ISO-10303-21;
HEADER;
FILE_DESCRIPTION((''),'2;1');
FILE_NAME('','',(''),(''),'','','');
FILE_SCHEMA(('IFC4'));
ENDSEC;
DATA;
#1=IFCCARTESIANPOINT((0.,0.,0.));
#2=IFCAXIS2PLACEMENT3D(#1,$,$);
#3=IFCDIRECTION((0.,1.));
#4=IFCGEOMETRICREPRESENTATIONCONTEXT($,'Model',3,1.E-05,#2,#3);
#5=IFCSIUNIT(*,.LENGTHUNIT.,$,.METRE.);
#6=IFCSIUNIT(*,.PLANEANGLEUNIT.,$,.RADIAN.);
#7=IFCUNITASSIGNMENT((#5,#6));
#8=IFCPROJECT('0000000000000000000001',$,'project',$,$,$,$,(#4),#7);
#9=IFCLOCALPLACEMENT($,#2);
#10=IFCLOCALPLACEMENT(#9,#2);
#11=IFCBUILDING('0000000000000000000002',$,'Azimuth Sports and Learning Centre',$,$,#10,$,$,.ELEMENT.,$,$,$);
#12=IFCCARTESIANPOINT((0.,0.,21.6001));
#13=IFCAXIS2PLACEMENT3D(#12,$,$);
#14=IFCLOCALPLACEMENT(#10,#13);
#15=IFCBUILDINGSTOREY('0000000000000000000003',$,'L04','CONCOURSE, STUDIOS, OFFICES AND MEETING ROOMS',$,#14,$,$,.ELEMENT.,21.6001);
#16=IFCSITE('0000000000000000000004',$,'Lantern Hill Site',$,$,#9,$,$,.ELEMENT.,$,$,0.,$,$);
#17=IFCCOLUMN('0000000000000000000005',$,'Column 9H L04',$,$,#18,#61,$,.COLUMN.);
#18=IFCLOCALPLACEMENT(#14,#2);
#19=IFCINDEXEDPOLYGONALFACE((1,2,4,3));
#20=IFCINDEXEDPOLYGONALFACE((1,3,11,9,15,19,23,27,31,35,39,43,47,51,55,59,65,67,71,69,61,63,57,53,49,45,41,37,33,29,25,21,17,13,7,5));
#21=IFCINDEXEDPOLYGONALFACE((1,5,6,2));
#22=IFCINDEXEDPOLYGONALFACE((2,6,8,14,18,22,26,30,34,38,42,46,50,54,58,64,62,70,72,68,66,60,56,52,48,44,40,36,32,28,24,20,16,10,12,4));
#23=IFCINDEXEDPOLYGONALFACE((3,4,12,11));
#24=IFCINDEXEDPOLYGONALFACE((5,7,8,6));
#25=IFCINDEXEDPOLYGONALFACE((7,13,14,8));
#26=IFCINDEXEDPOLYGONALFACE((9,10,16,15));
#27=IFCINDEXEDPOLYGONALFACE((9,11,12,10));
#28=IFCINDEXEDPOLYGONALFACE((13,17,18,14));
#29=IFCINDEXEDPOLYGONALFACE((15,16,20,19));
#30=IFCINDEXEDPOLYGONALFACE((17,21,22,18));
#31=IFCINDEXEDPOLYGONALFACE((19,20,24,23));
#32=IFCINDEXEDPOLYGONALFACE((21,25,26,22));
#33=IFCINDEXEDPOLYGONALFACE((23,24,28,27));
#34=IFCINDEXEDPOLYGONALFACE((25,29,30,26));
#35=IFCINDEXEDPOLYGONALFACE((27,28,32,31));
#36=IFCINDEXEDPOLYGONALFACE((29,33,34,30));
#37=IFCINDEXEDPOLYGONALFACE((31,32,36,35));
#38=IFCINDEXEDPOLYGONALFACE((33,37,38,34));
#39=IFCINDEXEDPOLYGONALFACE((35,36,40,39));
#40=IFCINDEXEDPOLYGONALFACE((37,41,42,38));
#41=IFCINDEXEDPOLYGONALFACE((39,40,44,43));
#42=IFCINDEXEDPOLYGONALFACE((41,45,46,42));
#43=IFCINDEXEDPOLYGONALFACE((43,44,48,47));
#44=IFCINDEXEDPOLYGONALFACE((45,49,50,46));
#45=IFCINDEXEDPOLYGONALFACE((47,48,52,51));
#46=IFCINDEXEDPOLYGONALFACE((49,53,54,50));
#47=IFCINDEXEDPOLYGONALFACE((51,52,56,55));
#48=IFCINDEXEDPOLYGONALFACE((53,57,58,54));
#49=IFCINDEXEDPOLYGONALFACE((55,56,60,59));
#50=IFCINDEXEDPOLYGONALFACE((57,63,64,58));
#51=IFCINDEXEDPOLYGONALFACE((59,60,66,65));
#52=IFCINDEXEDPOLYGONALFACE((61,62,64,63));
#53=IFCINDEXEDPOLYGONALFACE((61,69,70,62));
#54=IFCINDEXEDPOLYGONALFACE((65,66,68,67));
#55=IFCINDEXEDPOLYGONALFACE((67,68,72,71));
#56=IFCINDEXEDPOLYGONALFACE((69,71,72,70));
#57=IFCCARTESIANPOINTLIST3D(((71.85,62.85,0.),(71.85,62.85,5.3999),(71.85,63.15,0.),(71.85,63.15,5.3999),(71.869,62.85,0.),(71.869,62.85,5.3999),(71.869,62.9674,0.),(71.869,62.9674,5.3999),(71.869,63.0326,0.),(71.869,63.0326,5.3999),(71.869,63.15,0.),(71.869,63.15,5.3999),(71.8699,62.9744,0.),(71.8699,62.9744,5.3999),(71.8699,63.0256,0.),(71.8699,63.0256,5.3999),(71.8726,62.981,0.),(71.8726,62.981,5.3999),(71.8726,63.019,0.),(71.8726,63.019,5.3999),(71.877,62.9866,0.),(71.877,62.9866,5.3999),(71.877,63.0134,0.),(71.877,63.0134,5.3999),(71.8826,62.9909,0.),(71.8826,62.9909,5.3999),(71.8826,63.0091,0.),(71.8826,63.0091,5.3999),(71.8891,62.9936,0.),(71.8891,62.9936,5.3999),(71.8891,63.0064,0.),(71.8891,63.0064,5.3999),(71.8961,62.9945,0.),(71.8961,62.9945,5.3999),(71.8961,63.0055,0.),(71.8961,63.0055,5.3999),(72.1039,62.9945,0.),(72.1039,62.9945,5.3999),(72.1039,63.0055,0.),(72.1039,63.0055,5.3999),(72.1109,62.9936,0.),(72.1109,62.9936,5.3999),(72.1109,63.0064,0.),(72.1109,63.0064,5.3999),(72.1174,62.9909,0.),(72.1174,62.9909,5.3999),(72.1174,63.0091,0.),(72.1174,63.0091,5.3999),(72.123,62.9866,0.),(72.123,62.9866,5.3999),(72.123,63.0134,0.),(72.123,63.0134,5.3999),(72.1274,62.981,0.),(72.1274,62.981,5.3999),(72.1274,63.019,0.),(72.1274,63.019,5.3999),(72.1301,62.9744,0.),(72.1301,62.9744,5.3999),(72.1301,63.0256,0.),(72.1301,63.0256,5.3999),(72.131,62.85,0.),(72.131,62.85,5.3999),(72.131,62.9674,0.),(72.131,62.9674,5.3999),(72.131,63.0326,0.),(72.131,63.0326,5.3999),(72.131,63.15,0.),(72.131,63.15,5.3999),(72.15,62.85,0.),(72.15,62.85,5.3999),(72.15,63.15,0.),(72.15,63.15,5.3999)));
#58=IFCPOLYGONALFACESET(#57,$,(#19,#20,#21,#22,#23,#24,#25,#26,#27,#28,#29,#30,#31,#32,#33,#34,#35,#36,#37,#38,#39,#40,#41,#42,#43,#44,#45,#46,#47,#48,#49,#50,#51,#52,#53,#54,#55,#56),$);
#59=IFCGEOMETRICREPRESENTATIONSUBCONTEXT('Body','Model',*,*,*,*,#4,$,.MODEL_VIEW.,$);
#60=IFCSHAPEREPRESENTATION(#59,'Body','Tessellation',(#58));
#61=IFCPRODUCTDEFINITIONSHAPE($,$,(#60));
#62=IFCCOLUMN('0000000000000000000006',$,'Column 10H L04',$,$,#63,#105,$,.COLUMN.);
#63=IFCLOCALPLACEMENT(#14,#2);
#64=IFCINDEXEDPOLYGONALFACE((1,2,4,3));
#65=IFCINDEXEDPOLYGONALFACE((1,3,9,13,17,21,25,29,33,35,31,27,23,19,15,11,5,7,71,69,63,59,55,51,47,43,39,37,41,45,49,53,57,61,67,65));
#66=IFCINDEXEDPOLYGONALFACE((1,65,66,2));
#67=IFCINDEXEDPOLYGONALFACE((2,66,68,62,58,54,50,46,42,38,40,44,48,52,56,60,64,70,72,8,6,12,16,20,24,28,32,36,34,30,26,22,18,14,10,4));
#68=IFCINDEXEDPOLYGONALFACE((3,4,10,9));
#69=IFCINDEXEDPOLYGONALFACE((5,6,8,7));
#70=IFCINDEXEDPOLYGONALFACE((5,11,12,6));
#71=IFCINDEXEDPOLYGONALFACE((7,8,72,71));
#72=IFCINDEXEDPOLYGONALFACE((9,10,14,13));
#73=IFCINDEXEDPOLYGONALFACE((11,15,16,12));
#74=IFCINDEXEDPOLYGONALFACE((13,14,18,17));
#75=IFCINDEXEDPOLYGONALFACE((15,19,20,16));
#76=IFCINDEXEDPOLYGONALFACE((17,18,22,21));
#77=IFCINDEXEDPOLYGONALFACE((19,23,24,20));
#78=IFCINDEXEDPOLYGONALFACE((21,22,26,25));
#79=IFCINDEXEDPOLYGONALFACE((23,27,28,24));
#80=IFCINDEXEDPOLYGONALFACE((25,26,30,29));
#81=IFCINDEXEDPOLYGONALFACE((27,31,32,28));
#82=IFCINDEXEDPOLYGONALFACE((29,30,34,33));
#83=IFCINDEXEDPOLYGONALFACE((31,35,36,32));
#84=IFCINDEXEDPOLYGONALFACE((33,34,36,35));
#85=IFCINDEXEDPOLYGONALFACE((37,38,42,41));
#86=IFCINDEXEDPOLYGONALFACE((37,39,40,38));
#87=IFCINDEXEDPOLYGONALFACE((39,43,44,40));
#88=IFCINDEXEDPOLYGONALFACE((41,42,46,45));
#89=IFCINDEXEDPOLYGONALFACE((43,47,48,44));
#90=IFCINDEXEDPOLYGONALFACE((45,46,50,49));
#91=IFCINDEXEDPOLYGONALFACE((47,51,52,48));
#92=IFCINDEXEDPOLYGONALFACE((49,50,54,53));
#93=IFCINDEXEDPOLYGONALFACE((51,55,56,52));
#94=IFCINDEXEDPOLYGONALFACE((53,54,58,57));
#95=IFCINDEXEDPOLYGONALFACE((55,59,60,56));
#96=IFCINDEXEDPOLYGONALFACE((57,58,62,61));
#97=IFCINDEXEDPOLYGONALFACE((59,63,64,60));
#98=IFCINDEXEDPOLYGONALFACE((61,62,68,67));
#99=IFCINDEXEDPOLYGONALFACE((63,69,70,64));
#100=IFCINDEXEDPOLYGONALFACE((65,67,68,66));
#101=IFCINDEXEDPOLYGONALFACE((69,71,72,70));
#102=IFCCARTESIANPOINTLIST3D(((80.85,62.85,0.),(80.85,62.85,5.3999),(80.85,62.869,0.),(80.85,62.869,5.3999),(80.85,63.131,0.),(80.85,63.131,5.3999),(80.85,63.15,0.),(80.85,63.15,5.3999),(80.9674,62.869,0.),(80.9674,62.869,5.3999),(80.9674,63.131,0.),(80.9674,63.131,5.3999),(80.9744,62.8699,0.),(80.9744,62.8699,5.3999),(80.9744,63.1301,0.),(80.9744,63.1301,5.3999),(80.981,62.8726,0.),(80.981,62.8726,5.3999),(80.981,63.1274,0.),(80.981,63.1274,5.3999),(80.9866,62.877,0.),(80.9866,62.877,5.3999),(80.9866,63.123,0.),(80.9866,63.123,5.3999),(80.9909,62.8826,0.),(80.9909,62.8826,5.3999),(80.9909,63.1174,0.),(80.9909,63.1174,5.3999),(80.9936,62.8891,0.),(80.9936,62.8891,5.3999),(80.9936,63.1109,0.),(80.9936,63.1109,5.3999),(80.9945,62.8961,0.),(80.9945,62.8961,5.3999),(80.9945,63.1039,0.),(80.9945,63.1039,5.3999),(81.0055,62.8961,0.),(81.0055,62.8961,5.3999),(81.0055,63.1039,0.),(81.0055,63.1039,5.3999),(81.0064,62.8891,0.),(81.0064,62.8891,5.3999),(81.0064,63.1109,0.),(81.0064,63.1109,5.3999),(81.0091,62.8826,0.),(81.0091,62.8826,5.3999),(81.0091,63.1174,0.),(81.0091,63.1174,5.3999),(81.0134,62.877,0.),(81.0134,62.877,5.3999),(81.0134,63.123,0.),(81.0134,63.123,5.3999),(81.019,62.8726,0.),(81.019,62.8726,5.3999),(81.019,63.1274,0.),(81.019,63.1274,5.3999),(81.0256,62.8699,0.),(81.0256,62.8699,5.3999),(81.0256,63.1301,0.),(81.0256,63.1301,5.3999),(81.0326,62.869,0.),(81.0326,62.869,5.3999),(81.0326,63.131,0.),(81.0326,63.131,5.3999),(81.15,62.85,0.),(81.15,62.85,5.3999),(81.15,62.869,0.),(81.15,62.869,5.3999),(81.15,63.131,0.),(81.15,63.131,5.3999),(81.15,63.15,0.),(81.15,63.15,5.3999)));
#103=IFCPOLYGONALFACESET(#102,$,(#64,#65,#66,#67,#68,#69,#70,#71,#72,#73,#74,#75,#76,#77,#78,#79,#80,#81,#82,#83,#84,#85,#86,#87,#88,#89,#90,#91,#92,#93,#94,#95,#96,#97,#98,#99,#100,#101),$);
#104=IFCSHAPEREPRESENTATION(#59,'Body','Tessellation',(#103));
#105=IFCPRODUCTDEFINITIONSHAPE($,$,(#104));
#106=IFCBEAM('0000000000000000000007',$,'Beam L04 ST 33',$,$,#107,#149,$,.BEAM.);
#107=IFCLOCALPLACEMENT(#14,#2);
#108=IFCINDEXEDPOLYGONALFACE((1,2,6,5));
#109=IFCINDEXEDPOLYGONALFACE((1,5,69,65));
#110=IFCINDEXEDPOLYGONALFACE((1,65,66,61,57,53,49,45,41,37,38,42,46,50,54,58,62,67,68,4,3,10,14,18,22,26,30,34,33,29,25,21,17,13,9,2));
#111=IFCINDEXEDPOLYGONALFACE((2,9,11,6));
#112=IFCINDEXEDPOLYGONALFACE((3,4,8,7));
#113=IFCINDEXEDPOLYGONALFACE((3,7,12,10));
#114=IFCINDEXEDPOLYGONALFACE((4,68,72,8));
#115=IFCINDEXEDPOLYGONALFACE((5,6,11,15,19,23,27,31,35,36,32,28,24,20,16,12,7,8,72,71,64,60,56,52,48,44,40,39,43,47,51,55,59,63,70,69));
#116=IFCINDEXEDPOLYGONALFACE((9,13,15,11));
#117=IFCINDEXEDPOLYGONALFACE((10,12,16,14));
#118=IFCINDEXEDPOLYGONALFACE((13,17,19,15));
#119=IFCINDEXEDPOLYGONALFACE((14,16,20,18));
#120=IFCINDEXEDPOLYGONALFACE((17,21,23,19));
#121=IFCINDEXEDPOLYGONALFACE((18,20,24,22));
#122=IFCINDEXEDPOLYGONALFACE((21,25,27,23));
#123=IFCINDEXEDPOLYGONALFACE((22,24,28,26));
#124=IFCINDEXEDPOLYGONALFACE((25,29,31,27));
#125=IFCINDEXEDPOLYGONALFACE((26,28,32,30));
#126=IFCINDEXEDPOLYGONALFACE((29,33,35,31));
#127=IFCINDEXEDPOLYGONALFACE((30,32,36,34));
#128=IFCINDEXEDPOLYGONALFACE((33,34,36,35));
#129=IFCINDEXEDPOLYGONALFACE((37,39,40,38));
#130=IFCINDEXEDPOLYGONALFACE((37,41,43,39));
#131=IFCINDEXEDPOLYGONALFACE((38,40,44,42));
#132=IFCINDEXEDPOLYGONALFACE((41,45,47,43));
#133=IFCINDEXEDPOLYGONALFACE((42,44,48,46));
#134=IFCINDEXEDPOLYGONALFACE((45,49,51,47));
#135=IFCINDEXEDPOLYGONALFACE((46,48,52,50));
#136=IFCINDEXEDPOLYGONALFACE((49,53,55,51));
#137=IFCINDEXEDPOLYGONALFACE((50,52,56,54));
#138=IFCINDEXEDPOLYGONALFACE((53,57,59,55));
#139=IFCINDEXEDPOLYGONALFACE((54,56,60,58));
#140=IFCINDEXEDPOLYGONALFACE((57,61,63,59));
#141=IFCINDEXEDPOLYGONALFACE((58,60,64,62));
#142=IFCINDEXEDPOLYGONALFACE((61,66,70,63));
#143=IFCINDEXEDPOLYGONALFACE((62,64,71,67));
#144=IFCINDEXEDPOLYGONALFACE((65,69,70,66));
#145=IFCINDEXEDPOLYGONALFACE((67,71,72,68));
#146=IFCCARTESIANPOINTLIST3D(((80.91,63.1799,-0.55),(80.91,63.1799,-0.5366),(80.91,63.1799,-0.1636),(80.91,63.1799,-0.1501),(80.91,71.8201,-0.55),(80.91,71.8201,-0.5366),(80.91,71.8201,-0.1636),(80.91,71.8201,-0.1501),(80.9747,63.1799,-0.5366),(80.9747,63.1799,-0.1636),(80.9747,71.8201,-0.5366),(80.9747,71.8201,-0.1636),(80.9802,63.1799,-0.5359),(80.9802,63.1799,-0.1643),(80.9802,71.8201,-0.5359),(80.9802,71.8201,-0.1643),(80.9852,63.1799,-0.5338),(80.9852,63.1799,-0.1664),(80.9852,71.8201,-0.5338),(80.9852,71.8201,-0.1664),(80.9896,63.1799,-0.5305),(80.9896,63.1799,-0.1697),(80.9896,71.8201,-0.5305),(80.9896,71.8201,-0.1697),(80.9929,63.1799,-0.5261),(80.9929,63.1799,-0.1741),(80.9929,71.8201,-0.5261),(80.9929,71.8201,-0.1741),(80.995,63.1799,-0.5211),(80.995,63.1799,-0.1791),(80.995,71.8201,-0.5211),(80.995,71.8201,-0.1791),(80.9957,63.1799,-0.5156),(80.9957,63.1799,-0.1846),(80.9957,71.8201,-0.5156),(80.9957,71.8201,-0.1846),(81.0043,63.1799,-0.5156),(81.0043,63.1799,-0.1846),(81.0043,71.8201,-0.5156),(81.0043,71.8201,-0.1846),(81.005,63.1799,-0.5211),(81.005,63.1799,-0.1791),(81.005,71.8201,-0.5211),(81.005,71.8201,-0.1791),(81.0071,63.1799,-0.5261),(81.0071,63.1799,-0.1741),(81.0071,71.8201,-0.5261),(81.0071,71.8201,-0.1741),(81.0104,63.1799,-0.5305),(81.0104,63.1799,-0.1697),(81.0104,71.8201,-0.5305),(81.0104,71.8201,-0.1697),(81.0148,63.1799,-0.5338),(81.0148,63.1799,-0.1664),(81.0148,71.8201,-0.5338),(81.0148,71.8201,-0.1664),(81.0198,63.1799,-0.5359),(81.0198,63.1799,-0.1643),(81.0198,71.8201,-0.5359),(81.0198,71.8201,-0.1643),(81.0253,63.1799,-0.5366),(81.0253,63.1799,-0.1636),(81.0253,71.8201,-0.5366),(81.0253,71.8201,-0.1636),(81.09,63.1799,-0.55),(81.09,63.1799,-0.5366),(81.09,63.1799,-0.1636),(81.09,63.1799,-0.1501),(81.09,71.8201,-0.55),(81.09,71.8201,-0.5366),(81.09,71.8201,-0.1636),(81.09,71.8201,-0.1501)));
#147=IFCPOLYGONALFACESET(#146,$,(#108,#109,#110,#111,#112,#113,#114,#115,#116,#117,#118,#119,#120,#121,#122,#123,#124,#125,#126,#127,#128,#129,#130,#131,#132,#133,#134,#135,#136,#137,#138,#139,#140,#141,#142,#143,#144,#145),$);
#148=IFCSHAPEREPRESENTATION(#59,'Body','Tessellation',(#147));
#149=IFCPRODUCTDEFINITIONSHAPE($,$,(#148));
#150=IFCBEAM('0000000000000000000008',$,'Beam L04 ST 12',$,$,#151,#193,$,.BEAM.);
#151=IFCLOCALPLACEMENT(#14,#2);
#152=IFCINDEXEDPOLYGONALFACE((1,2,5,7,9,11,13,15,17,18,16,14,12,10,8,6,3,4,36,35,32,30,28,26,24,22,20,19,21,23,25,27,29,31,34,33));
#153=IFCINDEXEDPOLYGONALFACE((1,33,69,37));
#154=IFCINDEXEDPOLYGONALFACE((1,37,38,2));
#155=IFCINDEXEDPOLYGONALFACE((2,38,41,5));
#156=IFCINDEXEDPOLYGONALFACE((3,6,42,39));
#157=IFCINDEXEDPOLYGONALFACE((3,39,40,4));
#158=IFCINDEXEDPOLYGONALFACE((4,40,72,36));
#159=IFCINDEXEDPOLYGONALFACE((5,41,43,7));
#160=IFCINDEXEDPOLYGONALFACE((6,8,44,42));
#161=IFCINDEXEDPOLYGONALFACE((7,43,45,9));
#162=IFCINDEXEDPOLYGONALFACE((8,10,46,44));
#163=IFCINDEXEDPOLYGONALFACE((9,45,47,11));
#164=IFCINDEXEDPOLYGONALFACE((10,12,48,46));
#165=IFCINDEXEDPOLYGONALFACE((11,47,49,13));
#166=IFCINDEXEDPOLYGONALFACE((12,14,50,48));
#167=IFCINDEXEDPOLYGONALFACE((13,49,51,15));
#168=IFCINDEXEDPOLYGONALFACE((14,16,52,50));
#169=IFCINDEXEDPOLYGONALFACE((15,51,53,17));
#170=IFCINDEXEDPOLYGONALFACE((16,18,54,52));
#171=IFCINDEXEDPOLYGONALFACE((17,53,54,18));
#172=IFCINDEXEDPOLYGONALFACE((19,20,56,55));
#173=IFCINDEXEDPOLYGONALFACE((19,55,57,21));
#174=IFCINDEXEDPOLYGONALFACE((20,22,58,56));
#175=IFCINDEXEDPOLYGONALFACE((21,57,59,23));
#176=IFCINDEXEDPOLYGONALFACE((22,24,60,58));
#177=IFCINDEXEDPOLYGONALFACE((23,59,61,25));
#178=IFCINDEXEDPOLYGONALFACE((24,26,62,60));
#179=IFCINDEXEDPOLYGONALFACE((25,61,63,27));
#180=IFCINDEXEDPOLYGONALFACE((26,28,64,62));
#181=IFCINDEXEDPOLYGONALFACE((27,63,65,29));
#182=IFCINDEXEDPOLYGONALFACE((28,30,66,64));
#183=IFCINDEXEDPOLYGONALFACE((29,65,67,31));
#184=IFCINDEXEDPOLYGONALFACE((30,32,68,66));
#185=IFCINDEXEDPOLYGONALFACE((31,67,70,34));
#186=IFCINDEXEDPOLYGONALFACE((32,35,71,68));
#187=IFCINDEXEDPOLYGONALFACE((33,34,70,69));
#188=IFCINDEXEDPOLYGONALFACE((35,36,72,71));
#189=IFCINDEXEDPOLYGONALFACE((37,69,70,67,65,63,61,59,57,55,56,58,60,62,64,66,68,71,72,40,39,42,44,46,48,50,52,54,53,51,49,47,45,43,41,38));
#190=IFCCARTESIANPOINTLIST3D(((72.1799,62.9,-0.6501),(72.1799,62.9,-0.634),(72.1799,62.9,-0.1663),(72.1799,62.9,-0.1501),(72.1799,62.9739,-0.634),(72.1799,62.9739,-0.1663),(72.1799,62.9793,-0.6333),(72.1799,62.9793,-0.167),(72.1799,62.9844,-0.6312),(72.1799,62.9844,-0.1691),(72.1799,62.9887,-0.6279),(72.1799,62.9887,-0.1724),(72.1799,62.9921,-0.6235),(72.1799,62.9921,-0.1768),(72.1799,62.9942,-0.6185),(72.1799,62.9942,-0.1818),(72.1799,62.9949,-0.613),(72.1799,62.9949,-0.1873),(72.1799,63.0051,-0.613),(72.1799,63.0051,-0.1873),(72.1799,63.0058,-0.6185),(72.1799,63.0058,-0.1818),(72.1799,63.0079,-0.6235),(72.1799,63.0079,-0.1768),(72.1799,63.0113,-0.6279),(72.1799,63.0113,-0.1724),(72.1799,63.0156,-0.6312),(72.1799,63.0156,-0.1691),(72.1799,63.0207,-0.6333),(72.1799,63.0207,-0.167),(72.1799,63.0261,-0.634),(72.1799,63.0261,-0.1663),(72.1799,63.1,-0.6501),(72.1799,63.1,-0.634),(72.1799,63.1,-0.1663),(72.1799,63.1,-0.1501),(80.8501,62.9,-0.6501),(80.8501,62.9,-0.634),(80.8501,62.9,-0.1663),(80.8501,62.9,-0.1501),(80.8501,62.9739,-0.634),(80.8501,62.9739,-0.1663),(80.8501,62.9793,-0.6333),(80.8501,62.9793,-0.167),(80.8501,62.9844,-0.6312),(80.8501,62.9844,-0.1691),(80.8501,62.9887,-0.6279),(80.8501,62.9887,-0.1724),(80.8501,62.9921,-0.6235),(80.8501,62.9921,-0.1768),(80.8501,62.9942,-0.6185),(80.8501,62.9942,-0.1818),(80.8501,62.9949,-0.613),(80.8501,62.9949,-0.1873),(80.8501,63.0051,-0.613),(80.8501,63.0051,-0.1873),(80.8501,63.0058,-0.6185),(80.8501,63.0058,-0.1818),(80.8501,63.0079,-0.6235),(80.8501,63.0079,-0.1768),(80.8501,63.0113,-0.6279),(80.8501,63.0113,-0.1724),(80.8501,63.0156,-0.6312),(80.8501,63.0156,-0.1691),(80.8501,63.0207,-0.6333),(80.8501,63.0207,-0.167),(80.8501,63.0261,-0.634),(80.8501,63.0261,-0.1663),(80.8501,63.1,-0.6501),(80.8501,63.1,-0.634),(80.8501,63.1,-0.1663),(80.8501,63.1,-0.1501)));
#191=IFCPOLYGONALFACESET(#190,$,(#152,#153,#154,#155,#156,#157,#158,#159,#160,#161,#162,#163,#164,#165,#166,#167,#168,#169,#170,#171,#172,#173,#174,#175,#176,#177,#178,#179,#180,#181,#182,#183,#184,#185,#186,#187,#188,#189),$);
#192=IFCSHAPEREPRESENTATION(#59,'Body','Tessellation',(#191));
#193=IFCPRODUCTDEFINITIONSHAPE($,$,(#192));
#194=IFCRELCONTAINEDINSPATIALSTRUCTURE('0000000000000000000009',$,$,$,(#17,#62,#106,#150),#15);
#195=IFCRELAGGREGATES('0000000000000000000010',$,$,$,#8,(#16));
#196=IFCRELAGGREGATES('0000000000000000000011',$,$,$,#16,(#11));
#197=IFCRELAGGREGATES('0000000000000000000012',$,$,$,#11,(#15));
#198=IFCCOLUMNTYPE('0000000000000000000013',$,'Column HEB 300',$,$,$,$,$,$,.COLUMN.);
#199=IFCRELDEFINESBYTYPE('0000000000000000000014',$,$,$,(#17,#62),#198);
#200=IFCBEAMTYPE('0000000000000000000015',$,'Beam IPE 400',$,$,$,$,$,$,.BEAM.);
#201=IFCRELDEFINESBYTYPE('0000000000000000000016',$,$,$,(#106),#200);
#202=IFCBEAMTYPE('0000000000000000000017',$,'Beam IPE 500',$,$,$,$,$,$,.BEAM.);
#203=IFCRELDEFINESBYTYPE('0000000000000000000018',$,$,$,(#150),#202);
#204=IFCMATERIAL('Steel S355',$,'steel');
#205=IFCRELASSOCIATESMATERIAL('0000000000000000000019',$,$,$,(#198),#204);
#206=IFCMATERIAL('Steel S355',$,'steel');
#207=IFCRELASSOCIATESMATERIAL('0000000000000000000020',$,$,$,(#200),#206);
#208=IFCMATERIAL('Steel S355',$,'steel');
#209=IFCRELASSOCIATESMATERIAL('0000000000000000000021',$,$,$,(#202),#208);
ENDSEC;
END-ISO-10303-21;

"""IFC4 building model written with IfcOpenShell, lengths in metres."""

from ifc_helpers import new_model, si_unit, direction, frame, origin, origin_2d, place, context, subcontext, project, spatial, i_section, extrude, material, material_profile, profile_set, type_object, element, save


model = new_model("IFC4")

# Units and contexts
model_context = context("Model", 3, precision=1e-05, world=origin(), true_north=direction((0.0, 1.0)))
body_context = subcontext(model_context, "Body", "Model", "MODEL_VIEW")
ifc_project = project(units=[si_unit("LENGTHUNIT", "METRE"), si_unit("PLANEANGLEUNIT", "RADIAN")], contexts=[model_context])

# Site, building, storey
site_placement = place(None, origin())
site = spatial("IfcSite", under=ifc_project, at=site_placement, Name="Lantern Hill Site", CompositionType="ELEMENT", RefElevation=0.0)
building_placement = place(site_placement, origin())
building = spatial("IfcBuilding", under=site, at=building_placement, Name="Azimuth Sports and Learning Centre", CompositionType="ELEMENT")
storey_placement = place(building_placement, frame((0.0, 0.0, 21.6001)))
storey = spatial("IfcBuildingStorey", under=building, at=storey_placement, Name="L04", Description="CONCOURSE, STUDIOS, OFFICES AND MEETING ROOMS", CompositionType="ELEMENT", Elevation=21.6001)

# Columns
ifc_material_1 = material(Name="Steel S355", Category="steel")
ifc_material_profile_1 = material_profile(ifc_material_1, i_section(OverallWidth=0.3, OverallDepth=0.3, WebThickness=0.011, FlangeThickness=0.019, FilletRadius=0.0271, at=origin_2d()), Name="HEB 300")
ifc_profile_set_1 = profile_set([ifc_material_profile_1], Name="Steel S355")
column_type = type_object("IfcColumnType", Name="Column HEB 300", PredefinedType="COLUMN", material=ifc_profile_set_1)
for number, where, z_axis, x_axis, name in (
    (1, (72.0, 63.0, 0.0), (0.0, 0.0, 1.0), (0.0, 1.0, 0.0), "Column 9H L04"),
    (2, (81.0, 63.0, 0.0), (0.0, 0.0, 1.0), (1.0, 0.0, 0.0), "Column 10H L04"),
):
    element("IfcColumn", number, at=place(storey_placement, frame(where, z_axis=z_axis, x_axis=x_axis)), inside=storey, type_object=column_type, Name=name, PredefinedType="COLUMN", context=body_context, shape_type="SweptSolid", body=[
        extrude(i_section(OverallWidth=0.3, OverallDepth=0.3, WebThickness=0.011, FlangeThickness=0.019, FilletRadius=0.0271, at=origin_2d()), origin(), (0.0, 0.0, 1.0), 5.3999),
    ])

# Beams
ifc_material_2 = material(Name="Steel S355", Category="steel")
ifc_material_profile_2 = material_profile(ifc_material_2, i_section(OverallWidth=0.1799, OverallDepth=0.3999, WebThickness=0.0085, FlangeThickness=0.0134, FilletRadius=0.021, at=origin_2d()), Name="IPE 400")
ifc_profile_set_2 = profile_set([ifc_material_profile_2], Name="Steel S355")
beam_type_1 = type_object("IfcBeamType", Name="Beam IPE 400", PredefinedType="BEAM", material=ifc_profile_set_2)
beam_1_placement = place(storey_placement, frame((81.0, 63.1799, -0.3501), z_axis=(0.0, 1.0, 0.0), x_axis=(-1.0, 0.0, 0.0)))
element("IfcBeam", 3, at=beam_1_placement, inside=storey, type_object=beam_type_1, Name="Beam L04 ST 33", PredefinedType="BEAM", context=body_context, shape_type="SweptSolid", body=[
    extrude(i_section(OverallWidth=0.1799, OverallDepth=0.3999, WebThickness=0.0085, FlangeThickness=0.0134, FilletRadius=0.021, at=origin_2d()), origin(), (0.0, 0.0, 1.0), 8.6401),
])
ifc_material_3 = material(Name="Steel S355", Category="steel")
ifc_material_profile_3 = material_profile(ifc_material_3, i_section(OverallWidth=0.2, OverallDepth=0.5, WebThickness=0.0103, FlangeThickness=0.0161, FilletRadius=0.021, at=origin_2d()), Name="IPE 500")
ifc_profile_set_3 = profile_set([ifc_material_profile_3], Name="Steel S355")
beam_type_2 = type_object("IfcBeamType", Name="Beam IPE 500", PredefinedType="BEAM", material=ifc_profile_set_3)
beam_2_placement = place(storey_placement, frame((72.1799, 63.0, -0.4001), z_axis=(1.0, 0.0, 0.0), x_axis=(0.0, 1.0, 0.0)))
element("IfcBeam", 4, at=beam_2_placement, inside=storey, type_object=beam_type_2, Name="Beam L04 ST 12", PredefinedType="BEAM", context=body_context, shape_type="SweptSolid", body=[
    extrude(i_section(OverallWidth=0.2, OverallDepth=0.5, WebThickness=0.0103, FlangeThickness=0.0161, FilletRadius=0.021, at=origin_2d()), origin(), (0.0, 0.0, 1.0), 8.6702),
])

save(model, "model.ifc")
